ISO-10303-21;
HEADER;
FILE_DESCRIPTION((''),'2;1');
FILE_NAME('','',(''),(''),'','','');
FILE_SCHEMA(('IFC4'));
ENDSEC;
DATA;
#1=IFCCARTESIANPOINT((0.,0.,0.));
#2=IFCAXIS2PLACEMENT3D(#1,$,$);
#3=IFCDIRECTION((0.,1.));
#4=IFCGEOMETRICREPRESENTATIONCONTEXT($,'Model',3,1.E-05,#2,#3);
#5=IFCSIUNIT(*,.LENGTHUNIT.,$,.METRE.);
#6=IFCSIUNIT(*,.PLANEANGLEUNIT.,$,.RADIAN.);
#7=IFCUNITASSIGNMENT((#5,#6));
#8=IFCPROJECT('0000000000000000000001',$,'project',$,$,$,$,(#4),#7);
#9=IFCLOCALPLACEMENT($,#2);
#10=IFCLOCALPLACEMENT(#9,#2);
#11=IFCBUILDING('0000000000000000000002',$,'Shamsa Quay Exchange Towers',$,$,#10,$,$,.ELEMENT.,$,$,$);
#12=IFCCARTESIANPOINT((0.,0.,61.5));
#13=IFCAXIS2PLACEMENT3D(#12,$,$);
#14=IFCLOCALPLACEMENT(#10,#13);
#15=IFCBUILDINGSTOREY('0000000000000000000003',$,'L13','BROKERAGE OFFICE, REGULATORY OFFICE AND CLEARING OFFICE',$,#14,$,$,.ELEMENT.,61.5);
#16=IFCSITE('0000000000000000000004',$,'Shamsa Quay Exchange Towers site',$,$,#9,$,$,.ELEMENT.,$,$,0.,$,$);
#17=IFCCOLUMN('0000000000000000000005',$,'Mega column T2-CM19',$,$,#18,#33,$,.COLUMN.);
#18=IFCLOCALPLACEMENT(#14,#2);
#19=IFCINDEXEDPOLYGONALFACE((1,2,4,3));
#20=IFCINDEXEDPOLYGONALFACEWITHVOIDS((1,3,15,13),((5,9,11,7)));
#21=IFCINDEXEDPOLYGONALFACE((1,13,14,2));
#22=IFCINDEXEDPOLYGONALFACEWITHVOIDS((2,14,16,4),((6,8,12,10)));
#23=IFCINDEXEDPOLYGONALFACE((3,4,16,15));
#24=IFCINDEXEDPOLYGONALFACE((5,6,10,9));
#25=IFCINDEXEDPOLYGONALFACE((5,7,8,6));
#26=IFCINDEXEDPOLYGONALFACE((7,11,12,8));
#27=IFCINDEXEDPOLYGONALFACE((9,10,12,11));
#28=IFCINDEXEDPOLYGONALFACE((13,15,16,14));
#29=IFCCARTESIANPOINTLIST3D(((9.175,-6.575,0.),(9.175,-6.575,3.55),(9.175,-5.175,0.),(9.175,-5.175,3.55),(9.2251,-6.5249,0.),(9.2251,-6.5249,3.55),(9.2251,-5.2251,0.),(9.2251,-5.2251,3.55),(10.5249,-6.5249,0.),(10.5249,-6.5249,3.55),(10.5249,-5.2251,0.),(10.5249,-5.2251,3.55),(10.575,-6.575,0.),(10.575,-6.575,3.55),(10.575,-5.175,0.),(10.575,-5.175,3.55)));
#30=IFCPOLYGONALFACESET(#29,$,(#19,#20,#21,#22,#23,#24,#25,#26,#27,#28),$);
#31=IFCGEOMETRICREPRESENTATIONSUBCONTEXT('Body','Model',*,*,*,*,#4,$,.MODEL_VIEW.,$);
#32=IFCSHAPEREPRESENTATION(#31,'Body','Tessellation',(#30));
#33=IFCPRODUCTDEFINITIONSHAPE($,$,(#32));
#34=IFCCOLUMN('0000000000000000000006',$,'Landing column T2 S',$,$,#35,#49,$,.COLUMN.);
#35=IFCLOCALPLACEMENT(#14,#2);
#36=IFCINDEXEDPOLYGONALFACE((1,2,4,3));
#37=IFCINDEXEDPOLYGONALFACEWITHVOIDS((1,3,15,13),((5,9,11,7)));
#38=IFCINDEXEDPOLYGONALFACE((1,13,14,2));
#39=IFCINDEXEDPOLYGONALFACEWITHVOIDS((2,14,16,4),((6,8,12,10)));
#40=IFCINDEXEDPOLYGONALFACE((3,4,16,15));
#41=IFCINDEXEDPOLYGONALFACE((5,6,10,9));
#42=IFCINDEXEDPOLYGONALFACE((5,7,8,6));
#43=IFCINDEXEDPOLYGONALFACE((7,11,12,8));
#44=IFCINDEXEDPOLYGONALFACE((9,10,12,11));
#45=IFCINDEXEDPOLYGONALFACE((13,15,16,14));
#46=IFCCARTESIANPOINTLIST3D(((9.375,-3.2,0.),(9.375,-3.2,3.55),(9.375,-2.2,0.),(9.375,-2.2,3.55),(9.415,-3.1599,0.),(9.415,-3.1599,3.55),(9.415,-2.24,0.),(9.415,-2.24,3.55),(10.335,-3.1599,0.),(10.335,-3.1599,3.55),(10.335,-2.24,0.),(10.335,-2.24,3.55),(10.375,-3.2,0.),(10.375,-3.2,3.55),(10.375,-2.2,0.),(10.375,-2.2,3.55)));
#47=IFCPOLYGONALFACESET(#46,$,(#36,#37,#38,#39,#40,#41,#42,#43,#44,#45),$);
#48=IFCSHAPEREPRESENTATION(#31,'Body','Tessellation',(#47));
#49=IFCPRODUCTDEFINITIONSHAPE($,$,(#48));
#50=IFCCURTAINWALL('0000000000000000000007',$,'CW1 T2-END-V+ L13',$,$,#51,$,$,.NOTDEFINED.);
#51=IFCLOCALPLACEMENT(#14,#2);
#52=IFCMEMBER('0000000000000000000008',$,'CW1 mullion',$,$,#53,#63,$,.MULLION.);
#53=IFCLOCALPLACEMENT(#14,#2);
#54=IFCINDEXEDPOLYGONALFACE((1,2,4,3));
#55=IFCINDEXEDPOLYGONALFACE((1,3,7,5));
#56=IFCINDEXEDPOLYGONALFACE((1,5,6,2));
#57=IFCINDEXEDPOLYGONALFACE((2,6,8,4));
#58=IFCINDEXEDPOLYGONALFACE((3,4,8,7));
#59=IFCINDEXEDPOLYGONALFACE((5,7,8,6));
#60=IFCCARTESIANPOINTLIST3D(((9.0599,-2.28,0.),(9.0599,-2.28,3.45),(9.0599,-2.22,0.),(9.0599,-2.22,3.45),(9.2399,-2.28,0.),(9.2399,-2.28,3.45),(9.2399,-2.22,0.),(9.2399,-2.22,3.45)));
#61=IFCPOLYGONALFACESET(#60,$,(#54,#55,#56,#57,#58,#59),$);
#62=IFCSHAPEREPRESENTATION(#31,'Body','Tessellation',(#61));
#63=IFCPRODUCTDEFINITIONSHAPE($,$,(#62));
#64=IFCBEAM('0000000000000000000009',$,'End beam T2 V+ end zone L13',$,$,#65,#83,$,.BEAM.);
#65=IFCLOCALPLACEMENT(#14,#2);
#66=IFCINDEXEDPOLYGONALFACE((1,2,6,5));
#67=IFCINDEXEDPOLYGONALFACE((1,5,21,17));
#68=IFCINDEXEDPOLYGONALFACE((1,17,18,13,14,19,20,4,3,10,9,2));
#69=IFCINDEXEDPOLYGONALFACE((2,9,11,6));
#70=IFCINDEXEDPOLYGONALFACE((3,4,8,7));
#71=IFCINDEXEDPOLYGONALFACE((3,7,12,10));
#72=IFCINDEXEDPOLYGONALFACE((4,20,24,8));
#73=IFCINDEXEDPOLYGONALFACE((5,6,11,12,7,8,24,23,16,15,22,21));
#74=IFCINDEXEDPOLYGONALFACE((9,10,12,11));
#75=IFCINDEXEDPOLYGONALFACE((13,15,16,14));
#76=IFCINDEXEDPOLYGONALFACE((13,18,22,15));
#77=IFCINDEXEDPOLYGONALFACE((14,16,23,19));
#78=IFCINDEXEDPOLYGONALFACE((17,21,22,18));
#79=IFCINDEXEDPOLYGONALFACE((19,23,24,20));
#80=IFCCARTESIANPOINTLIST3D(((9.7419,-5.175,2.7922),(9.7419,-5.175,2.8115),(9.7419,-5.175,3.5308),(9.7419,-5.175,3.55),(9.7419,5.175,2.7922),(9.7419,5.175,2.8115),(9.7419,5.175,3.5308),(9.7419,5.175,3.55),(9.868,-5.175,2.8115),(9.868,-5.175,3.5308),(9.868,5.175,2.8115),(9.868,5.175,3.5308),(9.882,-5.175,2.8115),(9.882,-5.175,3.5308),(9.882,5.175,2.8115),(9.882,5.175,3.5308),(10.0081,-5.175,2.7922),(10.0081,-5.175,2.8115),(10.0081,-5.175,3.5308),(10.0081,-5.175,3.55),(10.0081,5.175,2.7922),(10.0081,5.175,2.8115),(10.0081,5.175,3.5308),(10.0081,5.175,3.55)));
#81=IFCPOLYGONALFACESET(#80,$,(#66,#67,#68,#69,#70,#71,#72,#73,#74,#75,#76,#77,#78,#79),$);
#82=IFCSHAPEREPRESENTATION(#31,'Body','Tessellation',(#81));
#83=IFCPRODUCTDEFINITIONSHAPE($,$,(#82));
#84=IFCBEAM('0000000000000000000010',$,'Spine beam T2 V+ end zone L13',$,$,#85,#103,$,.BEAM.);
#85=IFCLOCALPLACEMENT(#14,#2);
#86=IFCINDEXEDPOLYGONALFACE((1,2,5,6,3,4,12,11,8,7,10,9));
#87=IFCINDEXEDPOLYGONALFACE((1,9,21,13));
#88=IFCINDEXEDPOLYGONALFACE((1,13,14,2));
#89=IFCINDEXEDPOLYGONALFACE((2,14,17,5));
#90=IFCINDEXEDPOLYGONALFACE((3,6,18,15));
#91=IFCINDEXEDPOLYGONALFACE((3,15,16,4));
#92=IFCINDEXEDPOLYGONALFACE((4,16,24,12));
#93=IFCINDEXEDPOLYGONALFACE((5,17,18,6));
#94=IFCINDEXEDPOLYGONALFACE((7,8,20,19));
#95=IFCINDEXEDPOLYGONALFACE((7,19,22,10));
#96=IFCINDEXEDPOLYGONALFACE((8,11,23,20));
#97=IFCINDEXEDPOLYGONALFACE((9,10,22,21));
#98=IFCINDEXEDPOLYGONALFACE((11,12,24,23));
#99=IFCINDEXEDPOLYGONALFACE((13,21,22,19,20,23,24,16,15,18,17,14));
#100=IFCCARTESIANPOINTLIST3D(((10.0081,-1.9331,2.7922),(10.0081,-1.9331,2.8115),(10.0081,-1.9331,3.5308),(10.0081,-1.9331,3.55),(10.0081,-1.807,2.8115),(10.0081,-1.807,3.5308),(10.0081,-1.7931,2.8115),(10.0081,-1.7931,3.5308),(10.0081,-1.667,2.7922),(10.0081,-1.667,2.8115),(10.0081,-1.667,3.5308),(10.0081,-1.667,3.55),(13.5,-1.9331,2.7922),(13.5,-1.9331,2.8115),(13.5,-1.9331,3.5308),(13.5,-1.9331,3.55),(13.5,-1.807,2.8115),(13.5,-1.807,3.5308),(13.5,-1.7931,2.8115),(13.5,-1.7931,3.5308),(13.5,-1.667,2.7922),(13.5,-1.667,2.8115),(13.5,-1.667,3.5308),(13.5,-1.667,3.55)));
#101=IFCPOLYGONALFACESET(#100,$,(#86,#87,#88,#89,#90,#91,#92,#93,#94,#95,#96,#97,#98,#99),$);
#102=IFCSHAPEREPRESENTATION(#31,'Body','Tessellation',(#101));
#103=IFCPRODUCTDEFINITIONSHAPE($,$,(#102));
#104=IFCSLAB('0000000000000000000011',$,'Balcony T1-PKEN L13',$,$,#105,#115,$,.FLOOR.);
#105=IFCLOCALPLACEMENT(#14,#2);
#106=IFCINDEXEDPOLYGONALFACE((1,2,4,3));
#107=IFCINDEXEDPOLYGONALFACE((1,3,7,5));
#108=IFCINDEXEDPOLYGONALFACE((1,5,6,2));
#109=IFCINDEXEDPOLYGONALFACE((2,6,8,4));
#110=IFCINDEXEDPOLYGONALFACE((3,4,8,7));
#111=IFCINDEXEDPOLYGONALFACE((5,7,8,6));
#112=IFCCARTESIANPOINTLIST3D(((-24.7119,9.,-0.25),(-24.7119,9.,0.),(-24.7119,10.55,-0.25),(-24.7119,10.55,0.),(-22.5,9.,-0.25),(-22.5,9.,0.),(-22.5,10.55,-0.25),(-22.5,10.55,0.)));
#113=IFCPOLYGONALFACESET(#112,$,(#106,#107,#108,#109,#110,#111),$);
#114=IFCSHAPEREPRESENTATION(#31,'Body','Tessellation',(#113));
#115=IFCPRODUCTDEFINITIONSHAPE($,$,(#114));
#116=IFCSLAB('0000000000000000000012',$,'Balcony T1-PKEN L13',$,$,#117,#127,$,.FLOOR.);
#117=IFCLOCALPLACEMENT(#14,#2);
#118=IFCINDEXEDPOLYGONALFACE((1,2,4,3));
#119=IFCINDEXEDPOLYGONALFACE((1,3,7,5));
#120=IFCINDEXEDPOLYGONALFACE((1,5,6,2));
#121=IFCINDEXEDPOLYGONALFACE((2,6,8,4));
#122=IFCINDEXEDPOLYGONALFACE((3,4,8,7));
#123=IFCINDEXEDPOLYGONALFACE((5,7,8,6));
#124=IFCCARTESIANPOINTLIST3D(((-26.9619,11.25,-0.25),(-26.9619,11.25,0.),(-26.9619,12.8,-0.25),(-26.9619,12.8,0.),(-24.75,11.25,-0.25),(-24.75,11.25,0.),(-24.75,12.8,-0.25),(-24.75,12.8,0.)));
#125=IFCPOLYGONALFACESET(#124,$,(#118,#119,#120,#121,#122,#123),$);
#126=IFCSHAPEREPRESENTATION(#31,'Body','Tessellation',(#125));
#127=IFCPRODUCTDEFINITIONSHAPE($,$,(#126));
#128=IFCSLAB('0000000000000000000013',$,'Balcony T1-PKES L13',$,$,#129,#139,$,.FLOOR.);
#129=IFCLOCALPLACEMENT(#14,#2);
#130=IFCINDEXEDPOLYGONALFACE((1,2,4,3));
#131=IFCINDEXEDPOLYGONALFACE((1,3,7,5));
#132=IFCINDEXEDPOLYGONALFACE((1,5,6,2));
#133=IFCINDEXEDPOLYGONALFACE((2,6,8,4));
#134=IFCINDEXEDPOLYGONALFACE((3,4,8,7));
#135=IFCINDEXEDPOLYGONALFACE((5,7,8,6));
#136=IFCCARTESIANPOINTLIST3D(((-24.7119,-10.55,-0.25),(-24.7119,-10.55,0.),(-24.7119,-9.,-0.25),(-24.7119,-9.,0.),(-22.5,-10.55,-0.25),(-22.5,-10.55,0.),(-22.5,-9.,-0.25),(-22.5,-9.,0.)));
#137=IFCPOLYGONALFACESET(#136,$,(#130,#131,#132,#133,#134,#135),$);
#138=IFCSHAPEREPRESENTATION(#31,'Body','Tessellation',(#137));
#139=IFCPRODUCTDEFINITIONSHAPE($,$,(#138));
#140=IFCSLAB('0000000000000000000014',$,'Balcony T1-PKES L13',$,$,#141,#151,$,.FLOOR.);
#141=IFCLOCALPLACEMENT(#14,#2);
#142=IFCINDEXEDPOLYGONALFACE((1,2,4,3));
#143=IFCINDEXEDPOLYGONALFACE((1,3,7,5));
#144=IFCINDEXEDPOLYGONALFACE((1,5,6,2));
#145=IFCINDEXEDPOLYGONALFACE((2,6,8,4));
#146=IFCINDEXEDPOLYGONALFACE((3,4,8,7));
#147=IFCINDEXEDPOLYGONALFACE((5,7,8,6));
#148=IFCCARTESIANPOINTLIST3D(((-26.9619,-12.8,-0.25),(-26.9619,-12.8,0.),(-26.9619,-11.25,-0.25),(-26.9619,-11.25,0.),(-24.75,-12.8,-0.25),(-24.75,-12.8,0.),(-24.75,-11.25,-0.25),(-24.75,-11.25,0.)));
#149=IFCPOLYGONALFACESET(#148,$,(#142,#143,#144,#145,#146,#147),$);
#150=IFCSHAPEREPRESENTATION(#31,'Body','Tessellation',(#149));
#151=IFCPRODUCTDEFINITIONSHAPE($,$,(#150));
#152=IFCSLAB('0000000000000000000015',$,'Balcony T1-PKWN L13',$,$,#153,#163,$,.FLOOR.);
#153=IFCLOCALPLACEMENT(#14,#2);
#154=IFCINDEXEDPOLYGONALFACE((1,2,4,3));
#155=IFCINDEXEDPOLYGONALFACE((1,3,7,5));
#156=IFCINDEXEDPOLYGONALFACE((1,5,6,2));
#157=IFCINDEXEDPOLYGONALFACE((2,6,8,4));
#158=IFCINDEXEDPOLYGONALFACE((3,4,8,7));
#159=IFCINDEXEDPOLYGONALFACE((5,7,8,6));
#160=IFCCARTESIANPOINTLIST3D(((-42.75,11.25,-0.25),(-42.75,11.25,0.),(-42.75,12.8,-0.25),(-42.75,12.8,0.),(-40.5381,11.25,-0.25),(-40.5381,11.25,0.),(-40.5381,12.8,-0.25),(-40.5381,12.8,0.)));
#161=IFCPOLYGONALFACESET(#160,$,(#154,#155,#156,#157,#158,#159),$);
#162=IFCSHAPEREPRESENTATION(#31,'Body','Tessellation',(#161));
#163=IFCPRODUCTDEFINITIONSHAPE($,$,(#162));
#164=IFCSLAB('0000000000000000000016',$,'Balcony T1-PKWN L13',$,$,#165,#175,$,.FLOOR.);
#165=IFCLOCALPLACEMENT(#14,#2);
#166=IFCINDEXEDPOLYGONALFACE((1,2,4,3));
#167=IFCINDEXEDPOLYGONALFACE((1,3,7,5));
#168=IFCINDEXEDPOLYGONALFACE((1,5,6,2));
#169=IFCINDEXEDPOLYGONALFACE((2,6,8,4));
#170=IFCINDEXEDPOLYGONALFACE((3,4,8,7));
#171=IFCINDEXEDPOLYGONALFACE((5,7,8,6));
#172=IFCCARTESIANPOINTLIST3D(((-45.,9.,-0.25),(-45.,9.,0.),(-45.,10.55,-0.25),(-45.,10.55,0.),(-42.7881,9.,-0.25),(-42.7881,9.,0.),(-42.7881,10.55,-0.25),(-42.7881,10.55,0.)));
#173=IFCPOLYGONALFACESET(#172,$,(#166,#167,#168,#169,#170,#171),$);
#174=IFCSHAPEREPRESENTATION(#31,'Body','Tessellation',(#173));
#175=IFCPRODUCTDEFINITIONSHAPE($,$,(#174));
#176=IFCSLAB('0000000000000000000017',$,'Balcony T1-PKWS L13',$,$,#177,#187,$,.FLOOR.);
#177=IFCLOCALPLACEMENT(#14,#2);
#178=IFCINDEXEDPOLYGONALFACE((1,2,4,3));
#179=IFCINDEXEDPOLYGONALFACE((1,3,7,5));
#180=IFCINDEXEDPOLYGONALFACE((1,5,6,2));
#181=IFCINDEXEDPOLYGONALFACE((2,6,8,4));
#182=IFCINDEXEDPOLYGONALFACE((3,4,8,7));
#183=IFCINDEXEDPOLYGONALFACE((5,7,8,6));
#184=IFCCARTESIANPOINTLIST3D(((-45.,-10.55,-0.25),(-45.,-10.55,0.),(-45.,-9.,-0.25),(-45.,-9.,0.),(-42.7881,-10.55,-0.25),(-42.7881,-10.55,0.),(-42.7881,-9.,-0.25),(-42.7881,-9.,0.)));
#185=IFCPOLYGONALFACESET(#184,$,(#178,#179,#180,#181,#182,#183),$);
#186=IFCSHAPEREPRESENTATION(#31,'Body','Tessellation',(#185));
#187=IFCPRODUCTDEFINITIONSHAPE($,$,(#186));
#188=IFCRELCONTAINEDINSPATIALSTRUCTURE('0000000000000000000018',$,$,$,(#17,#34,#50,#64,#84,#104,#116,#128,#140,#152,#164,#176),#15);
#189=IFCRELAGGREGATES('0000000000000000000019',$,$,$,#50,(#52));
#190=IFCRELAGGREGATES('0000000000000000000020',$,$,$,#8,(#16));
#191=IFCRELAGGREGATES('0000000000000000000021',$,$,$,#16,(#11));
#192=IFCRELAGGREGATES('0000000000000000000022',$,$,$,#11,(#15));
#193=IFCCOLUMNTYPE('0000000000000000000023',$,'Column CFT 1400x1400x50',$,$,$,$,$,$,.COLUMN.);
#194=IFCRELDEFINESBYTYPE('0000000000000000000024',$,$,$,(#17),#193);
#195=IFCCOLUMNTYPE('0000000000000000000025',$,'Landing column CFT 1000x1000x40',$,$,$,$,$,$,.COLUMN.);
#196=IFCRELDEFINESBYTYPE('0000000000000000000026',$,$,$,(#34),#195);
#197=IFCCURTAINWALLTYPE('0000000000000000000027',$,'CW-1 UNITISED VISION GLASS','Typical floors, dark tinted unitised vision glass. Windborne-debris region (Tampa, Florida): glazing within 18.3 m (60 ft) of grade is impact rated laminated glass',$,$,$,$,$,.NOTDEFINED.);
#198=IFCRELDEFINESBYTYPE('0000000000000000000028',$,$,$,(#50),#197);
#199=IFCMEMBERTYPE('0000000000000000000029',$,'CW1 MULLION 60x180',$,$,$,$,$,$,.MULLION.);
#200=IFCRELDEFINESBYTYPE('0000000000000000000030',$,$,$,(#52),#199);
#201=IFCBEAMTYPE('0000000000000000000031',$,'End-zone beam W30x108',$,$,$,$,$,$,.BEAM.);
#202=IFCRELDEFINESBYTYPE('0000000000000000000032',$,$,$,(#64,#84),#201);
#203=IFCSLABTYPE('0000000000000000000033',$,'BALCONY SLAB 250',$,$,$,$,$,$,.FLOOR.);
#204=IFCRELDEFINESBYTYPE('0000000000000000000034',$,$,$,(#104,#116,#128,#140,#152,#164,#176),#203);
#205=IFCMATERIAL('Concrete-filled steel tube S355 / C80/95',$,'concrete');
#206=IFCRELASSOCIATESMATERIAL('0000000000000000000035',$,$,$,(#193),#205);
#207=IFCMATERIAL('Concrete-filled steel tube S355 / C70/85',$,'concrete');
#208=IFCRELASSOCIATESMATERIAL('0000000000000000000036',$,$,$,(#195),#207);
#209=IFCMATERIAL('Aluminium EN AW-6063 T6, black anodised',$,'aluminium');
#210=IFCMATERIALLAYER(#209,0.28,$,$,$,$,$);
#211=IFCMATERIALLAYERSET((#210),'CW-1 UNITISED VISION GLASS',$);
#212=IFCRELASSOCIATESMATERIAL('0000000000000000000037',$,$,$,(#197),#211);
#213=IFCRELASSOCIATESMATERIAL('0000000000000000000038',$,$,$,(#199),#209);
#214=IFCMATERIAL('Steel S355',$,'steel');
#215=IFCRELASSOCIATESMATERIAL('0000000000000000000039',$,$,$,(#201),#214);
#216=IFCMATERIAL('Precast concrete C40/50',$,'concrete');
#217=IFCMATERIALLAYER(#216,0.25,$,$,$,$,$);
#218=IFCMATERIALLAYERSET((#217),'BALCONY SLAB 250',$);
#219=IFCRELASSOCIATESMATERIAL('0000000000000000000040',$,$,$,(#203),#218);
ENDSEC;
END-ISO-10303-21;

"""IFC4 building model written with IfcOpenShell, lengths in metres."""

from ifc_helpers import new_model, si_unit, direction, frame, origin, origin_2d, place, context, subcontext, project, spatial, polyline, rectangle, hollow_rectangle, i_section, outline, extrude, material, layer, layer_set, material_profile, profile_set, type_object, element, aggregate, save


model = new_model("IFC4")

# Units and contexts
model_context = context("Model", 3, precision=1e-05, world=origin(), true_north=direction((0.0, 1.0)))
body_context = subcontext(model_context, "Body", "Model", "MODEL_VIEW")
ifc_project = project(units=[si_unit("LENGTHUNIT", "METRE"), si_unit("PLANEANGLEUNIT", "RADIAN")], contexts=[model_context])

# Site, building, storey
site_placement = place(None, origin())
site = spatial("IfcSite", under=ifc_project, at=site_placement, Name="Shamsa Quay Exchange Towers site", CompositionType="ELEMENT", RefElevation=0.0)
building_placement = place(site_placement, origin())
building = spatial("IfcBuilding", under=site, at=building_placement, Name="Shamsa Quay Exchange Towers", CompositionType="ELEMENT")
storey_placement = place(building_placement, frame((0.0, 0.0, 61.5)))
storey = spatial("IfcBuildingStorey", under=building, at=storey_placement, Name="L13", Description="BROKERAGE OFFICE, REGULATORY OFFICE AND CLEARING OFFICE", CompositionType="ELEMENT", Elevation=61.5)

# Columns
ifc_material_1 = material(Name="Concrete-filled steel tube S355 / C80/95", Category="concrete")
ifc_material_profile_1 = material_profile(ifc_material_1, hollow_rectangle(XDim=1.3999, YDim=1.3999, WallThickness=0.05, at=origin_2d()), Name="CFT 1400x1400x50")
ifc_profile_set_1 = profile_set([ifc_material_profile_1], Name="Concrete-filled steel tube S355 / C80/95")
column_type_1 = type_object("IfcColumnType", Name="Column CFT 1400x1400x50", PredefinedType="COLUMN", material=ifc_profile_set_1)
column_1_placement = place(storey_placement, frame((9.875, -5.875, 0.0)))
element("IfcColumn", 1, at=column_1_placement, inside=storey, type_object=column_type_1, Name="Mega column T2-CM19", PredefinedType="COLUMN", context=body_context, shape_type="SweptSolid", body=[
    extrude(hollow_rectangle(XDim=1.3999, YDim=1.3999, WallThickness=0.05, at=origin_2d()), origin(), (0.0, 0.0, 1.0), 3.55),
])
ifc_material_2 = material(Name="Concrete-filled steel tube S355 / C70/85", Category="concrete")
ifc_material_profile_2 = material_profile(ifc_material_2, hollow_rectangle(XDim=1.0, YDim=1.0, WallThickness=0.04, at=origin_2d()), Name="CFT 1000x1000x40")
ifc_profile_set_2 = profile_set([ifc_material_profile_2], Name="Concrete-filled steel tube S355 / C70/85")
column_type_2 = type_object("IfcColumnType", Name="Landing column CFT 1000x1000x40", PredefinedType="COLUMN", material=ifc_profile_set_2)
column_2_placement = place(storey_placement, frame((9.875, -2.7, 0.0)))
element("IfcColumn", 2, at=column_2_placement, inside=storey, type_object=column_type_2, Name="Landing column T2 S", PredefinedType="COLUMN", context=body_context, shape_type="SweptSolid", body=[
    extrude(hollow_rectangle(XDim=1.0, YDim=1.0, WallThickness=0.04, at=origin_2d()), origin(), (0.0, 0.0, 1.0), 3.55),
])

# Curtain wall, member
ifc_material_3 = material(Name="Aluminium EN AW-6063 T6, black anodised", Category="aluminium")
ifc_layer_1 = layer(ifc_material_3, 0.28)
ifc_layer_set_1 = layer_set([ifc_layer_1], Name="CW-1 UNITISED VISION GLASS")
curtain_wall_type_1 = type_object("IfcCurtainWallType", Name="CW-1 UNITISED VISION GLASS", Description="Typical floors, dark tinted unitised vision glass. Windborne-debris region (Tampa, Florida): glazing within 18.3 m (60 ft) of grade is impact rated laminated glass", PredefinedType="NOTDEFINED", material=ifc_layer_set_1)
curtain_wall_1_placement = place(storey_placement, origin())
curtain_wall_1 = element("IfcCurtainWall", 3, at=curtain_wall_1_placement, inside=storey, type_object=curtain_wall_type_1, Name="CW1 T2-END-V+ L13", PredefinedType="NOTDEFINED")
ifc_material_profile_3 = material_profile(ifc_material_3, rectangle(XDim=0.1799, YDim=0.0601, at=origin_2d()), Name="MU60x180")
ifc_profile_set_3 = profile_set([ifc_material_profile_3], Name="Aluminium EN AW-6063 T6, black anodised")
member_type = type_object("IfcMemberType", Name="CW1 MULLION 60x180", PredefinedType="MULLION", material=ifc_profile_set_3)
member_placement = place(storey_placement, frame((9.1499, -2.25, 0.0)))
member = element("IfcMember", 4, at=member_placement, type_object=member_type, Name="CW1 mullion", PredefinedType="MULLION", context=body_context, shape_type="SweptSolid", body=[
    extrude(rectangle(XDim=0.1799, YDim=0.0601, at=origin_2d()), origin(), (0.0, 0.0, 1.0), 3.45),
])

# Beams
ifc_material_4 = material(Name="Steel S355", Category="steel")
ifc_material_profile_4 = material_profile(ifc_material_4, i_section(OverallWidth=0.2661, OverallDepth=0.7578, WebThickness=0.0139, FlangeThickness=0.0193, at=origin_2d()), Name="W30x108")
ifc_profile_set_4 = profile_set([ifc_material_profile_4], Name="Steel S355")
beam_type = type_object("IfcBeamType", Name="End-zone beam W30x108", PredefinedType="BEAM", material=ifc_profile_set_4)
beam_1_placement = place(storey_placement, frame((9.875, -5.175, 3.1711), z_axis=(0.0, 1.0, 0.0), x_axis=(-1.0, 0.0, 0.0)))
element("IfcBeam", 5, at=beam_1_placement, inside=storey, type_object=beam_type, Name="End beam T2 V+ end zone L13", PredefinedType="BEAM", context=body_context, shape_type="SweptSolid", body=[
    extrude(i_section(OverallWidth=0.2661, OverallDepth=0.7578, WebThickness=0.0139, FlangeThickness=0.0193, at=origin_2d()), origin(), (0.0, 0.0, 1.0), 10.3501),
])
beam_2_placement = place(storey_placement, frame((13.5, -1.8, 3.1711), z_axis=(-1.0, 0.0, 0.0), x_axis=(0.0, -1.0, 0.0)))
element("IfcBeam", 6, at=beam_2_placement, inside=storey, type_object=beam_type, Name="Spine beam T2 V+ end zone L13", PredefinedType="BEAM", context=body_context, shape_type="SweptSolid", body=[
    extrude(i_section(OverallWidth=0.2661, OverallDepth=0.7578, WebThickness=0.0139, FlangeThickness=0.0193, at=origin_2d()), origin(), (0.0, 0.0, 1.0), 3.4919),
])

# Slabs
ifc_material_5 = material(Name="Precast concrete C40/50", Category="concrete")
ifc_layer_2 = layer(ifc_material_5, 0.25)
ifc_layer_set_2 = layer_set([ifc_layer_2], Name="BALCONY SLAB 250")
slab_type_1 = type_object("IfcSlabType", Name="BALCONY SLAB 250", PredefinedType="FLOOR", material=ifc_layer_set_2)
slab_1_placement = place(storey_placement, frame((0.0, 0.0, -0.25)))
element("IfcSlab", 7, at=slab_1_placement, inside=storey, type_object=slab_type_1, Name="Balcony T1-PKEN L13", PredefinedType="FLOOR", context=body_context, shape_type="SweptSolid", body=[
    extrude(outline(polyline([(-22.5, 9.0), (-24.7119, 9.0), (-24.7119, 10.55), (-22.5, 10.55), (-22.5, 9.0)])), origin(), (0.0, 0.0, 1.0), 0.25),
])
slab_2_placement = place(storey_placement, frame((0.0, 0.0, -0.25)))
element("IfcSlab", 8, at=slab_2_placement, inside=storey, type_object=slab_type_1, Name="Balcony T1-PKEN L13", PredefinedType="FLOOR", context=body_context, shape_type="SweptSolid", body=[
    extrude(outline(polyline([(-24.75, 11.25), (-26.9619, 11.25), (-26.9619, 12.8), (-24.75, 12.8), (-24.75, 11.25)])), origin(), (0.0, 0.0, 1.0), 0.25),
])
slab_3_placement = place(storey_placement, frame((0.0, 0.0, -0.25)))
element("IfcSlab", 9, at=slab_3_placement, inside=storey, type_object=slab_type_1, Name="Balcony T1-PKES L13", PredefinedType="FLOOR", context=body_context, shape_type="SweptSolid", body=[
    extrude(outline(polyline([(-24.7119, -9.0), (-22.5, -9.0), (-22.5, -10.55), (-24.7119, -10.55), (-24.7119, -9.0)])), origin(), (0.0, 0.0, 1.0), 0.25),
])
slab_4_placement = place(storey_placement, frame((0.0, 0.0, -0.25)))
element("IfcSlab", 10, at=slab_4_placement, inside=storey, type_object=slab_type_1, Name="Balcony T1-PKES L13", PredefinedType="FLOOR", context=body_context, shape_type="SweptSolid", body=[
    extrude(outline(polyline([(-26.9619, -11.25), (-24.75, -11.25), (-24.75, -12.8), (-26.9619, -12.8), (-26.9619, -11.25)])), origin(), (0.0, 0.0, 1.0), 0.25),
])
slab_5_placement = place(storey_placement, frame((0.0, 0.0, -0.25)))
element("IfcSlab", 11, at=slab_5_placement, inside=storey, type_object=slab_type_1, Name="Balcony T1-PKWN L13", PredefinedType="FLOOR", context=body_context, shape_type="SweptSolid", body=[
    extrude(outline(polyline([(-40.5381, 11.25), (-42.75, 11.25), (-42.75, 12.8), (-40.5381, 12.8), (-40.5381, 11.25)])), origin(), (0.0, 0.0, 1.0), 0.25),
])
slab_6_placement = place(storey_placement, frame((0.0, 0.0, -0.25)))
element("IfcSlab", 12, at=slab_6_placement, inside=storey, type_object=slab_type_1, Name="Balcony T1-PKWN L13", PredefinedType="FLOOR", context=body_context, shape_type="SweptSolid", body=[
    extrude(outline(polyline([(-42.7881, 9.0), (-45.0, 9.0), (-45.0, 10.55), (-42.7881, 10.55), (-42.7881, 9.0)])), origin(), (0.0, 0.0, 1.0), 0.25),
])
slab_7_placement = place(storey_placement, frame((0.0, 0.0, -0.25)))
element("IfcSlab", 13, at=slab_7_placement, inside=storey, type_object=slab_type_1, Name="Balcony T1-PKWS L13", PredefinedType="FLOOR", context=body_context, shape_type="SweptSolid", body=[
    extrude(outline(polyline([(-45.0, -9.0), (-42.7881, -9.0), (-42.7881, -10.55), (-45.0, -10.55), (-45.0, -9.0)])), origin(), (0.0, 0.0, 1.0), 0.25),
])

aggregate(curtain_wall_1, [member])

save(model, "model.ifc")
